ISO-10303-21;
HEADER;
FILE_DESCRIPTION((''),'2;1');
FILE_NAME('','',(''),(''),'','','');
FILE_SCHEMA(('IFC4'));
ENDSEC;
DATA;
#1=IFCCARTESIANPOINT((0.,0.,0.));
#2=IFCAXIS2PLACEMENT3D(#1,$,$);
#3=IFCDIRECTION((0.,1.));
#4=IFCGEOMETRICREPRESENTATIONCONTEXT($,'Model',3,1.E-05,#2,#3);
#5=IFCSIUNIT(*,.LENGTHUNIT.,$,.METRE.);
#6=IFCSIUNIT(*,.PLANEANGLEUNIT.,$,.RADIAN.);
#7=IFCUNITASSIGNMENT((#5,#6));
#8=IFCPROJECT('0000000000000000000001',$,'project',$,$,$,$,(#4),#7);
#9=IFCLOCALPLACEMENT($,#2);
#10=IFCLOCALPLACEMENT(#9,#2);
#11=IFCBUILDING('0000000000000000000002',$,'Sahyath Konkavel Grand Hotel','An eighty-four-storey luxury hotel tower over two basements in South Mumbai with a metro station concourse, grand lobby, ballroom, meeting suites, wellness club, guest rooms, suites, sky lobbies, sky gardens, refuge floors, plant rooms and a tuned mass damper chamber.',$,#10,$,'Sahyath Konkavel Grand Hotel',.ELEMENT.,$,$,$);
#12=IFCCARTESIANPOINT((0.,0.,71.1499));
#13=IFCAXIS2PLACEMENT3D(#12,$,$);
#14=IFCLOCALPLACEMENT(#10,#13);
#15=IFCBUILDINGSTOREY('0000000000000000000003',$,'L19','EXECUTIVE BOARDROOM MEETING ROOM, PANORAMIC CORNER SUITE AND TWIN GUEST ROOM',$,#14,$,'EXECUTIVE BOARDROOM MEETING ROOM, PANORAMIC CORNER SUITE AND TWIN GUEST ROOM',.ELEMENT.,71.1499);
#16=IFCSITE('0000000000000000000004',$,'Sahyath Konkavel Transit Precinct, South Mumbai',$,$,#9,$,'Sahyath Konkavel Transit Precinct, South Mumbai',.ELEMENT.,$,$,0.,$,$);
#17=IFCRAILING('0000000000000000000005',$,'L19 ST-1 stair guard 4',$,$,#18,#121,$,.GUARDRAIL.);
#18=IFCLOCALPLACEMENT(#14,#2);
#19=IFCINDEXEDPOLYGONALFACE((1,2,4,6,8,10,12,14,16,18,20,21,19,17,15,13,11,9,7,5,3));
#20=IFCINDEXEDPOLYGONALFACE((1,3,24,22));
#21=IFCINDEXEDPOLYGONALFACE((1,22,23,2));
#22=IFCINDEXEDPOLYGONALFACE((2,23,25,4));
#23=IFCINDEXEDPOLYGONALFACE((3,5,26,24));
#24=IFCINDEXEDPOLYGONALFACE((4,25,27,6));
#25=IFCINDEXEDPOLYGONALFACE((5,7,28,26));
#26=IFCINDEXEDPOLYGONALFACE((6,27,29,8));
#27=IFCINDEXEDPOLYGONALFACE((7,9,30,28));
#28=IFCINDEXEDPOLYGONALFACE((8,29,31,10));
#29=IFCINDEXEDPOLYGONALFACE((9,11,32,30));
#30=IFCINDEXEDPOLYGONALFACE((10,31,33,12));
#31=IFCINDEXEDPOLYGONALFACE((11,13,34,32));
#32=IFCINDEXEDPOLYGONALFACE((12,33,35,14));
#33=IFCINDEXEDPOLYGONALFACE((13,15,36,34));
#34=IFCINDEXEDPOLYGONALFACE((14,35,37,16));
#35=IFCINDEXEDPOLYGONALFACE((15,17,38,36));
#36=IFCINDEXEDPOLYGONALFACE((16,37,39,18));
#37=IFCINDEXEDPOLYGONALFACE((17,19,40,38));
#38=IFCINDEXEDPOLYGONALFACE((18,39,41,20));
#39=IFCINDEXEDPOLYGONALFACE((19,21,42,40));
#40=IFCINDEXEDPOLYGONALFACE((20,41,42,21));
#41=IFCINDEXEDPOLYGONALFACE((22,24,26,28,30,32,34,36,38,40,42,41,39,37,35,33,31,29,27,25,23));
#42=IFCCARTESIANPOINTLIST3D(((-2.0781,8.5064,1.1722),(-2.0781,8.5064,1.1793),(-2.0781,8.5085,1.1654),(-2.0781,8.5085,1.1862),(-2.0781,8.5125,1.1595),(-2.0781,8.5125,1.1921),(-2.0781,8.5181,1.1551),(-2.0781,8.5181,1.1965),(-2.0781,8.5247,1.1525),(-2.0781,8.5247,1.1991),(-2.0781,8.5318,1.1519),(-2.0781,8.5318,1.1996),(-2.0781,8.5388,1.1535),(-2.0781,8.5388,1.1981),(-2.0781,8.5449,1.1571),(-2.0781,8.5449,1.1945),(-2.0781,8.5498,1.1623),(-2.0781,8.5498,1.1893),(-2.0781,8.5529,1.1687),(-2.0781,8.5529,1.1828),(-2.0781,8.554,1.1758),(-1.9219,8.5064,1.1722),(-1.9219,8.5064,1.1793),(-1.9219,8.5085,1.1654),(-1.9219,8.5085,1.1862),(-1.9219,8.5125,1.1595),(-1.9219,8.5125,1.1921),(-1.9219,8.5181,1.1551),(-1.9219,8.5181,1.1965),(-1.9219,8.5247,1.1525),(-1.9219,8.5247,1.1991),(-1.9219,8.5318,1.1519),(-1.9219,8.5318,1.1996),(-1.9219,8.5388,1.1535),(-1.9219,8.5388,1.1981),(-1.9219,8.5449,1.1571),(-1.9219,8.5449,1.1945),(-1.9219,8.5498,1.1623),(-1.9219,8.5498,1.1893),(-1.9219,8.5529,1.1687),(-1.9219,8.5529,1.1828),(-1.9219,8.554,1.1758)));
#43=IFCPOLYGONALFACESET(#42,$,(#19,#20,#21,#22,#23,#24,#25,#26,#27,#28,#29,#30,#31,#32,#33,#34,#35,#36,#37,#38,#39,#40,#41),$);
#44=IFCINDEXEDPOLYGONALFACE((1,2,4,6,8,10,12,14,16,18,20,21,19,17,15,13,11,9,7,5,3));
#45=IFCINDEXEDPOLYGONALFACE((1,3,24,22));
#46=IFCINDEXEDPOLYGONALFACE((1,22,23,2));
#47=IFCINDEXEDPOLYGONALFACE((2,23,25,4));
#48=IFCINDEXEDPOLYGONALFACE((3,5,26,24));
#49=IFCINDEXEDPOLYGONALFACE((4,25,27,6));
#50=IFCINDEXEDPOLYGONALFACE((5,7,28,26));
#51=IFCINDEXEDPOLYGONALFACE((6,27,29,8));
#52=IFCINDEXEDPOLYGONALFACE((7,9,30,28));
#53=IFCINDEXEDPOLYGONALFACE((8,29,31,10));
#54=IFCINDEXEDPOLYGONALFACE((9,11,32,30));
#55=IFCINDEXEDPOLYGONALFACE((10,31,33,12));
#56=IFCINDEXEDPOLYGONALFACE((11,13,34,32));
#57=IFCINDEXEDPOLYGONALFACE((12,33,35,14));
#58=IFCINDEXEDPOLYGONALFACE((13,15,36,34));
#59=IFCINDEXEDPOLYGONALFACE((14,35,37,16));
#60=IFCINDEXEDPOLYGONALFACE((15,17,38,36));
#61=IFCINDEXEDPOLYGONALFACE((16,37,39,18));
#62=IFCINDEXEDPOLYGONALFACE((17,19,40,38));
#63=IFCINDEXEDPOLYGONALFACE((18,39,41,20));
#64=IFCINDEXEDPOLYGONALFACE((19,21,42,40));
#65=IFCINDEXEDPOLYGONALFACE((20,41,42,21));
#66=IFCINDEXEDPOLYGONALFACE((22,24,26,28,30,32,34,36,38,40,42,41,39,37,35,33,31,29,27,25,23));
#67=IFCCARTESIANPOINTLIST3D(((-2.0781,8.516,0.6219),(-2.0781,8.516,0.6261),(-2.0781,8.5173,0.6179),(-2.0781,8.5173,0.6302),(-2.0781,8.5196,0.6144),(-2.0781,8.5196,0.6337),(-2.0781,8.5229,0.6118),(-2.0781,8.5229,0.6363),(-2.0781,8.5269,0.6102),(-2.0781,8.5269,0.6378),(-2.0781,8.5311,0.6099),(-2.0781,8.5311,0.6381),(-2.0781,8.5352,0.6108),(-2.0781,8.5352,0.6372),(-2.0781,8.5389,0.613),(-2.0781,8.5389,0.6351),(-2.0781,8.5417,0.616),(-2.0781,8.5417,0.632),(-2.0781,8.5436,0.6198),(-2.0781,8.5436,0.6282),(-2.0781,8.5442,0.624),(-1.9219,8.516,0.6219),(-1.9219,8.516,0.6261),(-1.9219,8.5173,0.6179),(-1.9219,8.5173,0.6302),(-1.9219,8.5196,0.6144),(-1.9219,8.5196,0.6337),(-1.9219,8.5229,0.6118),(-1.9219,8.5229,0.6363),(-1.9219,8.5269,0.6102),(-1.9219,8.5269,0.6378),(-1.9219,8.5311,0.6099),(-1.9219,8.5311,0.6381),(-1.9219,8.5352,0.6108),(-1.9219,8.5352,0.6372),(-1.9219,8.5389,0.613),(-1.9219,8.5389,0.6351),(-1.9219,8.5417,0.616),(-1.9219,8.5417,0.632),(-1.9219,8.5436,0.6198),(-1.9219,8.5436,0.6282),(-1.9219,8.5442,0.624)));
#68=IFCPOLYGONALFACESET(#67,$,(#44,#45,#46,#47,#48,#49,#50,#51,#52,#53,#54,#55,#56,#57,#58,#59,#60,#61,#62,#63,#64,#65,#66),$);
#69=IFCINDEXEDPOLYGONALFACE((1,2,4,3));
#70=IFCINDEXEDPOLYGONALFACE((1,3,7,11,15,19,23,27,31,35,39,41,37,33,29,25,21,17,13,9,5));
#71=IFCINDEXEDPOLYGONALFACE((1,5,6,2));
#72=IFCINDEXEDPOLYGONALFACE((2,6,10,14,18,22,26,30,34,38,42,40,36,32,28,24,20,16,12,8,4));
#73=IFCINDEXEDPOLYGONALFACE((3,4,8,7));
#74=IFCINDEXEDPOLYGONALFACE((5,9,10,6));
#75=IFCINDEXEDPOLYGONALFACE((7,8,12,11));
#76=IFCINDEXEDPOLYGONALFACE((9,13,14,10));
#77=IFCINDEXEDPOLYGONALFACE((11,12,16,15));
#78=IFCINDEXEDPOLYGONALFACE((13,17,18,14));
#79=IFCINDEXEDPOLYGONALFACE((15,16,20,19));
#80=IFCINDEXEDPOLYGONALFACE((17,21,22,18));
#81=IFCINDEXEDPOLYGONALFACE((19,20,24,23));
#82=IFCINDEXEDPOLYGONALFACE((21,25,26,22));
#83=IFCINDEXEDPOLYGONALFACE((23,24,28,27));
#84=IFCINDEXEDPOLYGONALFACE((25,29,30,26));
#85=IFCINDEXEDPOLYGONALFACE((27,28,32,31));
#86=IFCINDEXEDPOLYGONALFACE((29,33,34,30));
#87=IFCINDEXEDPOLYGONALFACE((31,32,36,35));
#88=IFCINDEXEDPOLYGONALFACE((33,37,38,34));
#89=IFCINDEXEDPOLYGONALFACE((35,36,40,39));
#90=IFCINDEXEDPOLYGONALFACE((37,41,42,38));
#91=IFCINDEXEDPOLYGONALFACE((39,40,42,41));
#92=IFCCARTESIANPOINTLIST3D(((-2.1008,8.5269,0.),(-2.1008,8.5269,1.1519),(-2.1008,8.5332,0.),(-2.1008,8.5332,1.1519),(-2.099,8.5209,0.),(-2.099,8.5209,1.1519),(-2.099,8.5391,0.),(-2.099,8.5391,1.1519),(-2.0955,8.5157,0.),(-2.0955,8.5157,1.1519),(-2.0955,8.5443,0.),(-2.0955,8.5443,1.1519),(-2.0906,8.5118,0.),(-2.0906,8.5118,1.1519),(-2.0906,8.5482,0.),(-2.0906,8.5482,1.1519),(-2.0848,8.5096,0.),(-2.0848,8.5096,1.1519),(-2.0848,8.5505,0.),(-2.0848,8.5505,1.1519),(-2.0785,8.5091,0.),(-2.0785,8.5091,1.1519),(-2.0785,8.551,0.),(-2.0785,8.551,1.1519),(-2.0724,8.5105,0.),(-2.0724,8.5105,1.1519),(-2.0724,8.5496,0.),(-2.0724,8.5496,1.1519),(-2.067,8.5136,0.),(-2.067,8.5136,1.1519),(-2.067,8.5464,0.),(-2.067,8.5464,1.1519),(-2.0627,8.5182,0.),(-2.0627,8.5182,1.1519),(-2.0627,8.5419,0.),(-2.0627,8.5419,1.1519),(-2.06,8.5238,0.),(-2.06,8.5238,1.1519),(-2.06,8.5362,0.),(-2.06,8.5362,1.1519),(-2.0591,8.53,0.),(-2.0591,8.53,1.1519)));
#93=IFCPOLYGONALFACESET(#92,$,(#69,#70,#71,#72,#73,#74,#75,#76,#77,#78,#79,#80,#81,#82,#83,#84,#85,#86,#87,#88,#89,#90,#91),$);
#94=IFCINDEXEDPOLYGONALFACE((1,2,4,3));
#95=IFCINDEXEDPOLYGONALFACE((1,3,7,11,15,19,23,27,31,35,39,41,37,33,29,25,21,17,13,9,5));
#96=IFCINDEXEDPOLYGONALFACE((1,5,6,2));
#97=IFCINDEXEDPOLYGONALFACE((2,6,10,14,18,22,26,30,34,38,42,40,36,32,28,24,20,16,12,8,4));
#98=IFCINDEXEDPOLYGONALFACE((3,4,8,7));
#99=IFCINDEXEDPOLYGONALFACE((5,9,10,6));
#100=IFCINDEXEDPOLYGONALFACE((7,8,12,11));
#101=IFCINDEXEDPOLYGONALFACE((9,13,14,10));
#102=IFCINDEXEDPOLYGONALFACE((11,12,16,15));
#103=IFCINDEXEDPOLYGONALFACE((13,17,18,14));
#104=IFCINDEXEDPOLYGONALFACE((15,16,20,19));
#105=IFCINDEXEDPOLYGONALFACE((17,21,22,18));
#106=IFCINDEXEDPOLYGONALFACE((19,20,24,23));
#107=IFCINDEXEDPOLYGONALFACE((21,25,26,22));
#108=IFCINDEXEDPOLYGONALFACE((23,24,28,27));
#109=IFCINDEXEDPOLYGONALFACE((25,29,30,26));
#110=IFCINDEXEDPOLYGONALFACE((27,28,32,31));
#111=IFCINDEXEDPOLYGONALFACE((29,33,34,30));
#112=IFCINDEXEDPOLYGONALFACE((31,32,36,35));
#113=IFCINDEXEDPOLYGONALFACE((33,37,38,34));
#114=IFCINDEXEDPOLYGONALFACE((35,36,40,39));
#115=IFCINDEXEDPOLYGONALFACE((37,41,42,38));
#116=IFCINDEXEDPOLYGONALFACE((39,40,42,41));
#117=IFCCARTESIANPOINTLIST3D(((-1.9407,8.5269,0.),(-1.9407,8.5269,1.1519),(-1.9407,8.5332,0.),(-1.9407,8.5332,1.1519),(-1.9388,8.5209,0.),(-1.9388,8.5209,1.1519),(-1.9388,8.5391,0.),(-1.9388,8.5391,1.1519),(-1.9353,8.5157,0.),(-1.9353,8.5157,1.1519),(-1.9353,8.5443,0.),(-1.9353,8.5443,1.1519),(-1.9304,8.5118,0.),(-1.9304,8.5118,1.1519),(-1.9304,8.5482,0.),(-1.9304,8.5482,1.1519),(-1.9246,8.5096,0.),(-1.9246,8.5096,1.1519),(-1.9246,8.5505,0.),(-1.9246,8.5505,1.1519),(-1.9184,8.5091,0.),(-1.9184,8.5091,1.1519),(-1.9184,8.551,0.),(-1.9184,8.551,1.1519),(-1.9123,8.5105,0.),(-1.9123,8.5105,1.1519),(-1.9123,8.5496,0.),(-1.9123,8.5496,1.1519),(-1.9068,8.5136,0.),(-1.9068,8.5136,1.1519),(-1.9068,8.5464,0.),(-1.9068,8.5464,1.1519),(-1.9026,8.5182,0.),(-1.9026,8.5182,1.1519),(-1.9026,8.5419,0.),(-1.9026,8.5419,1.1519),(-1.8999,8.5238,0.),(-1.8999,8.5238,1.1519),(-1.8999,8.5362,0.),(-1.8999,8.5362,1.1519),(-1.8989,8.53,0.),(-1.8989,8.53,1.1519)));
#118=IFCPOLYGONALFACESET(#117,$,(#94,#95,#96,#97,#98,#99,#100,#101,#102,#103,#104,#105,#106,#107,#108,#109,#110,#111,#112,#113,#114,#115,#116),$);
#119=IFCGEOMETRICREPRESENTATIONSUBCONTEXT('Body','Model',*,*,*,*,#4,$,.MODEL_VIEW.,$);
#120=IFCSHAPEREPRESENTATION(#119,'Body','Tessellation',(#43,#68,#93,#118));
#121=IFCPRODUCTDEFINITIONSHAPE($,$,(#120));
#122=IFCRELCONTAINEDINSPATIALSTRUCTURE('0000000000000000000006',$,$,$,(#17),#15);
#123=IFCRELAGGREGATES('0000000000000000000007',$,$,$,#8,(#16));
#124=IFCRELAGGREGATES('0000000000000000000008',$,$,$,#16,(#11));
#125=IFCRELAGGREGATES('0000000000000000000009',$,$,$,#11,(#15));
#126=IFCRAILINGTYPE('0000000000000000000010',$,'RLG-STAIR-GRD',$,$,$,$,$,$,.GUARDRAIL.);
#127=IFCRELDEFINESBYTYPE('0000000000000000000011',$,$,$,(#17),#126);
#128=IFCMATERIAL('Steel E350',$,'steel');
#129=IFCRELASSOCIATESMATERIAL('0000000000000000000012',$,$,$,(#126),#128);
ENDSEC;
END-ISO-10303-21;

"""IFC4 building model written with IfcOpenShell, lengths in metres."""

from ifc_helpers import new_model, si_unit, direction, frame, origin, origin_2d, place, context, subcontext, project, spatial, circle, extrude, material, type_object, element, save


model = new_model("IFC4")

# Units and contexts
model_context = context("Model", 3, precision=1e-05, world=origin(), true_north=direction((0.0, 1.0)))
body_context = subcontext(model_context, "Body", "Model", "MODEL_VIEW")
ifc_project = project(units=[si_unit("LENGTHUNIT", "METRE"), si_unit("PLANEANGLEUNIT", "RADIAN")], contexts=[model_context])

# Site, building, storey
site_placement = place(None, origin())
site = spatial("IfcSite", under=ifc_project, at=site_placement, Name="Sahyath Konkavel Transit Precinct, South Mumbai", LongName="Sahyath Konkavel Transit Precinct, South Mumbai", CompositionType="ELEMENT", RefElevation=0.0)
building_placement = place(site_placement, origin())
building = spatial("IfcBuilding", under=site, at=building_placement, Name="Sahyath Konkavel Grand Hotel", Description="An eighty-four-storey luxury hotel tower over two basements in South Mumbai with a metro station concourse, grand lobby, ballroom, meeting suites, wellness club, guest rooms, suites, sky lobbies, sky gardens, refuge floors, plant rooms and a tuned mass damper chamber.", LongName="Sahyath Konkavel Grand Hotel", CompositionType="ELEMENT")
storey_placement = place(building_placement, frame((0.0, 0.0, 71.1499)))
storey = spatial("IfcBuildingStorey", under=building, at=storey_placement, Name="L19", Description="EXECUTIVE BOARDROOM MEETING ROOM, PANORAMIC CORNER SUITE AND TWIN GUEST ROOM", LongName="EXECUTIVE BOARDROOM MEETING ROOM, PANORAMIC CORNER SUITE AND TWIN GUEST ROOM", CompositionType="ELEMENT", Elevation=71.1499)

# Shared definitions
ifc_material_1 = material(Name="Steel E350", Category="steel")

# Railing
railing_type_1 = type_object("IfcRailingType", Name="RLG-STAIR-GRD", PredefinedType="GUARDRAIL", material=ifc_material_1)
railing_1_placement = place(storey_placement, frame((-2.0801, 8.53, 0.0)))
element("IfcRailing", 1, at=railing_1_placement, inside=storey, type_object=railing_type_1, Name="L19 ST-1 stair guard 4", PredefinedType="GUARDRAIL", context=body_context, shape_type="SweptSolid", body=[
    extrude(circle(Radius=0.0239, at=origin_2d()), frame((0.002, 0.0, 1.1758), z_axis=(1.0, 0.0, 0.0), x_axis=(0.0, 1.0, 0.0)), (0.0, 0.0, 1.0), 0.1562),
    extrude(circle(Radius=0.0142, at=origin_2d()), frame((0.002, 0.0, 0.624), z_axis=(1.0, 0.0, 0.0), x_axis=(0.0, 1.0, 0.0)), (0.0, 0.0, 1.0), 0.1562),
    extrude(circle(Radius=0.021, at=origin_2d()), origin(), (0.0, 0.0, 1.0), 1.1519),
    extrude(circle(Radius=0.021, at=origin_2d()), frame((0.1602, 0.0, 0.0)), (0.0, 0.0, 1.0), 1.1519),
])

save(model, "model.ifc")
